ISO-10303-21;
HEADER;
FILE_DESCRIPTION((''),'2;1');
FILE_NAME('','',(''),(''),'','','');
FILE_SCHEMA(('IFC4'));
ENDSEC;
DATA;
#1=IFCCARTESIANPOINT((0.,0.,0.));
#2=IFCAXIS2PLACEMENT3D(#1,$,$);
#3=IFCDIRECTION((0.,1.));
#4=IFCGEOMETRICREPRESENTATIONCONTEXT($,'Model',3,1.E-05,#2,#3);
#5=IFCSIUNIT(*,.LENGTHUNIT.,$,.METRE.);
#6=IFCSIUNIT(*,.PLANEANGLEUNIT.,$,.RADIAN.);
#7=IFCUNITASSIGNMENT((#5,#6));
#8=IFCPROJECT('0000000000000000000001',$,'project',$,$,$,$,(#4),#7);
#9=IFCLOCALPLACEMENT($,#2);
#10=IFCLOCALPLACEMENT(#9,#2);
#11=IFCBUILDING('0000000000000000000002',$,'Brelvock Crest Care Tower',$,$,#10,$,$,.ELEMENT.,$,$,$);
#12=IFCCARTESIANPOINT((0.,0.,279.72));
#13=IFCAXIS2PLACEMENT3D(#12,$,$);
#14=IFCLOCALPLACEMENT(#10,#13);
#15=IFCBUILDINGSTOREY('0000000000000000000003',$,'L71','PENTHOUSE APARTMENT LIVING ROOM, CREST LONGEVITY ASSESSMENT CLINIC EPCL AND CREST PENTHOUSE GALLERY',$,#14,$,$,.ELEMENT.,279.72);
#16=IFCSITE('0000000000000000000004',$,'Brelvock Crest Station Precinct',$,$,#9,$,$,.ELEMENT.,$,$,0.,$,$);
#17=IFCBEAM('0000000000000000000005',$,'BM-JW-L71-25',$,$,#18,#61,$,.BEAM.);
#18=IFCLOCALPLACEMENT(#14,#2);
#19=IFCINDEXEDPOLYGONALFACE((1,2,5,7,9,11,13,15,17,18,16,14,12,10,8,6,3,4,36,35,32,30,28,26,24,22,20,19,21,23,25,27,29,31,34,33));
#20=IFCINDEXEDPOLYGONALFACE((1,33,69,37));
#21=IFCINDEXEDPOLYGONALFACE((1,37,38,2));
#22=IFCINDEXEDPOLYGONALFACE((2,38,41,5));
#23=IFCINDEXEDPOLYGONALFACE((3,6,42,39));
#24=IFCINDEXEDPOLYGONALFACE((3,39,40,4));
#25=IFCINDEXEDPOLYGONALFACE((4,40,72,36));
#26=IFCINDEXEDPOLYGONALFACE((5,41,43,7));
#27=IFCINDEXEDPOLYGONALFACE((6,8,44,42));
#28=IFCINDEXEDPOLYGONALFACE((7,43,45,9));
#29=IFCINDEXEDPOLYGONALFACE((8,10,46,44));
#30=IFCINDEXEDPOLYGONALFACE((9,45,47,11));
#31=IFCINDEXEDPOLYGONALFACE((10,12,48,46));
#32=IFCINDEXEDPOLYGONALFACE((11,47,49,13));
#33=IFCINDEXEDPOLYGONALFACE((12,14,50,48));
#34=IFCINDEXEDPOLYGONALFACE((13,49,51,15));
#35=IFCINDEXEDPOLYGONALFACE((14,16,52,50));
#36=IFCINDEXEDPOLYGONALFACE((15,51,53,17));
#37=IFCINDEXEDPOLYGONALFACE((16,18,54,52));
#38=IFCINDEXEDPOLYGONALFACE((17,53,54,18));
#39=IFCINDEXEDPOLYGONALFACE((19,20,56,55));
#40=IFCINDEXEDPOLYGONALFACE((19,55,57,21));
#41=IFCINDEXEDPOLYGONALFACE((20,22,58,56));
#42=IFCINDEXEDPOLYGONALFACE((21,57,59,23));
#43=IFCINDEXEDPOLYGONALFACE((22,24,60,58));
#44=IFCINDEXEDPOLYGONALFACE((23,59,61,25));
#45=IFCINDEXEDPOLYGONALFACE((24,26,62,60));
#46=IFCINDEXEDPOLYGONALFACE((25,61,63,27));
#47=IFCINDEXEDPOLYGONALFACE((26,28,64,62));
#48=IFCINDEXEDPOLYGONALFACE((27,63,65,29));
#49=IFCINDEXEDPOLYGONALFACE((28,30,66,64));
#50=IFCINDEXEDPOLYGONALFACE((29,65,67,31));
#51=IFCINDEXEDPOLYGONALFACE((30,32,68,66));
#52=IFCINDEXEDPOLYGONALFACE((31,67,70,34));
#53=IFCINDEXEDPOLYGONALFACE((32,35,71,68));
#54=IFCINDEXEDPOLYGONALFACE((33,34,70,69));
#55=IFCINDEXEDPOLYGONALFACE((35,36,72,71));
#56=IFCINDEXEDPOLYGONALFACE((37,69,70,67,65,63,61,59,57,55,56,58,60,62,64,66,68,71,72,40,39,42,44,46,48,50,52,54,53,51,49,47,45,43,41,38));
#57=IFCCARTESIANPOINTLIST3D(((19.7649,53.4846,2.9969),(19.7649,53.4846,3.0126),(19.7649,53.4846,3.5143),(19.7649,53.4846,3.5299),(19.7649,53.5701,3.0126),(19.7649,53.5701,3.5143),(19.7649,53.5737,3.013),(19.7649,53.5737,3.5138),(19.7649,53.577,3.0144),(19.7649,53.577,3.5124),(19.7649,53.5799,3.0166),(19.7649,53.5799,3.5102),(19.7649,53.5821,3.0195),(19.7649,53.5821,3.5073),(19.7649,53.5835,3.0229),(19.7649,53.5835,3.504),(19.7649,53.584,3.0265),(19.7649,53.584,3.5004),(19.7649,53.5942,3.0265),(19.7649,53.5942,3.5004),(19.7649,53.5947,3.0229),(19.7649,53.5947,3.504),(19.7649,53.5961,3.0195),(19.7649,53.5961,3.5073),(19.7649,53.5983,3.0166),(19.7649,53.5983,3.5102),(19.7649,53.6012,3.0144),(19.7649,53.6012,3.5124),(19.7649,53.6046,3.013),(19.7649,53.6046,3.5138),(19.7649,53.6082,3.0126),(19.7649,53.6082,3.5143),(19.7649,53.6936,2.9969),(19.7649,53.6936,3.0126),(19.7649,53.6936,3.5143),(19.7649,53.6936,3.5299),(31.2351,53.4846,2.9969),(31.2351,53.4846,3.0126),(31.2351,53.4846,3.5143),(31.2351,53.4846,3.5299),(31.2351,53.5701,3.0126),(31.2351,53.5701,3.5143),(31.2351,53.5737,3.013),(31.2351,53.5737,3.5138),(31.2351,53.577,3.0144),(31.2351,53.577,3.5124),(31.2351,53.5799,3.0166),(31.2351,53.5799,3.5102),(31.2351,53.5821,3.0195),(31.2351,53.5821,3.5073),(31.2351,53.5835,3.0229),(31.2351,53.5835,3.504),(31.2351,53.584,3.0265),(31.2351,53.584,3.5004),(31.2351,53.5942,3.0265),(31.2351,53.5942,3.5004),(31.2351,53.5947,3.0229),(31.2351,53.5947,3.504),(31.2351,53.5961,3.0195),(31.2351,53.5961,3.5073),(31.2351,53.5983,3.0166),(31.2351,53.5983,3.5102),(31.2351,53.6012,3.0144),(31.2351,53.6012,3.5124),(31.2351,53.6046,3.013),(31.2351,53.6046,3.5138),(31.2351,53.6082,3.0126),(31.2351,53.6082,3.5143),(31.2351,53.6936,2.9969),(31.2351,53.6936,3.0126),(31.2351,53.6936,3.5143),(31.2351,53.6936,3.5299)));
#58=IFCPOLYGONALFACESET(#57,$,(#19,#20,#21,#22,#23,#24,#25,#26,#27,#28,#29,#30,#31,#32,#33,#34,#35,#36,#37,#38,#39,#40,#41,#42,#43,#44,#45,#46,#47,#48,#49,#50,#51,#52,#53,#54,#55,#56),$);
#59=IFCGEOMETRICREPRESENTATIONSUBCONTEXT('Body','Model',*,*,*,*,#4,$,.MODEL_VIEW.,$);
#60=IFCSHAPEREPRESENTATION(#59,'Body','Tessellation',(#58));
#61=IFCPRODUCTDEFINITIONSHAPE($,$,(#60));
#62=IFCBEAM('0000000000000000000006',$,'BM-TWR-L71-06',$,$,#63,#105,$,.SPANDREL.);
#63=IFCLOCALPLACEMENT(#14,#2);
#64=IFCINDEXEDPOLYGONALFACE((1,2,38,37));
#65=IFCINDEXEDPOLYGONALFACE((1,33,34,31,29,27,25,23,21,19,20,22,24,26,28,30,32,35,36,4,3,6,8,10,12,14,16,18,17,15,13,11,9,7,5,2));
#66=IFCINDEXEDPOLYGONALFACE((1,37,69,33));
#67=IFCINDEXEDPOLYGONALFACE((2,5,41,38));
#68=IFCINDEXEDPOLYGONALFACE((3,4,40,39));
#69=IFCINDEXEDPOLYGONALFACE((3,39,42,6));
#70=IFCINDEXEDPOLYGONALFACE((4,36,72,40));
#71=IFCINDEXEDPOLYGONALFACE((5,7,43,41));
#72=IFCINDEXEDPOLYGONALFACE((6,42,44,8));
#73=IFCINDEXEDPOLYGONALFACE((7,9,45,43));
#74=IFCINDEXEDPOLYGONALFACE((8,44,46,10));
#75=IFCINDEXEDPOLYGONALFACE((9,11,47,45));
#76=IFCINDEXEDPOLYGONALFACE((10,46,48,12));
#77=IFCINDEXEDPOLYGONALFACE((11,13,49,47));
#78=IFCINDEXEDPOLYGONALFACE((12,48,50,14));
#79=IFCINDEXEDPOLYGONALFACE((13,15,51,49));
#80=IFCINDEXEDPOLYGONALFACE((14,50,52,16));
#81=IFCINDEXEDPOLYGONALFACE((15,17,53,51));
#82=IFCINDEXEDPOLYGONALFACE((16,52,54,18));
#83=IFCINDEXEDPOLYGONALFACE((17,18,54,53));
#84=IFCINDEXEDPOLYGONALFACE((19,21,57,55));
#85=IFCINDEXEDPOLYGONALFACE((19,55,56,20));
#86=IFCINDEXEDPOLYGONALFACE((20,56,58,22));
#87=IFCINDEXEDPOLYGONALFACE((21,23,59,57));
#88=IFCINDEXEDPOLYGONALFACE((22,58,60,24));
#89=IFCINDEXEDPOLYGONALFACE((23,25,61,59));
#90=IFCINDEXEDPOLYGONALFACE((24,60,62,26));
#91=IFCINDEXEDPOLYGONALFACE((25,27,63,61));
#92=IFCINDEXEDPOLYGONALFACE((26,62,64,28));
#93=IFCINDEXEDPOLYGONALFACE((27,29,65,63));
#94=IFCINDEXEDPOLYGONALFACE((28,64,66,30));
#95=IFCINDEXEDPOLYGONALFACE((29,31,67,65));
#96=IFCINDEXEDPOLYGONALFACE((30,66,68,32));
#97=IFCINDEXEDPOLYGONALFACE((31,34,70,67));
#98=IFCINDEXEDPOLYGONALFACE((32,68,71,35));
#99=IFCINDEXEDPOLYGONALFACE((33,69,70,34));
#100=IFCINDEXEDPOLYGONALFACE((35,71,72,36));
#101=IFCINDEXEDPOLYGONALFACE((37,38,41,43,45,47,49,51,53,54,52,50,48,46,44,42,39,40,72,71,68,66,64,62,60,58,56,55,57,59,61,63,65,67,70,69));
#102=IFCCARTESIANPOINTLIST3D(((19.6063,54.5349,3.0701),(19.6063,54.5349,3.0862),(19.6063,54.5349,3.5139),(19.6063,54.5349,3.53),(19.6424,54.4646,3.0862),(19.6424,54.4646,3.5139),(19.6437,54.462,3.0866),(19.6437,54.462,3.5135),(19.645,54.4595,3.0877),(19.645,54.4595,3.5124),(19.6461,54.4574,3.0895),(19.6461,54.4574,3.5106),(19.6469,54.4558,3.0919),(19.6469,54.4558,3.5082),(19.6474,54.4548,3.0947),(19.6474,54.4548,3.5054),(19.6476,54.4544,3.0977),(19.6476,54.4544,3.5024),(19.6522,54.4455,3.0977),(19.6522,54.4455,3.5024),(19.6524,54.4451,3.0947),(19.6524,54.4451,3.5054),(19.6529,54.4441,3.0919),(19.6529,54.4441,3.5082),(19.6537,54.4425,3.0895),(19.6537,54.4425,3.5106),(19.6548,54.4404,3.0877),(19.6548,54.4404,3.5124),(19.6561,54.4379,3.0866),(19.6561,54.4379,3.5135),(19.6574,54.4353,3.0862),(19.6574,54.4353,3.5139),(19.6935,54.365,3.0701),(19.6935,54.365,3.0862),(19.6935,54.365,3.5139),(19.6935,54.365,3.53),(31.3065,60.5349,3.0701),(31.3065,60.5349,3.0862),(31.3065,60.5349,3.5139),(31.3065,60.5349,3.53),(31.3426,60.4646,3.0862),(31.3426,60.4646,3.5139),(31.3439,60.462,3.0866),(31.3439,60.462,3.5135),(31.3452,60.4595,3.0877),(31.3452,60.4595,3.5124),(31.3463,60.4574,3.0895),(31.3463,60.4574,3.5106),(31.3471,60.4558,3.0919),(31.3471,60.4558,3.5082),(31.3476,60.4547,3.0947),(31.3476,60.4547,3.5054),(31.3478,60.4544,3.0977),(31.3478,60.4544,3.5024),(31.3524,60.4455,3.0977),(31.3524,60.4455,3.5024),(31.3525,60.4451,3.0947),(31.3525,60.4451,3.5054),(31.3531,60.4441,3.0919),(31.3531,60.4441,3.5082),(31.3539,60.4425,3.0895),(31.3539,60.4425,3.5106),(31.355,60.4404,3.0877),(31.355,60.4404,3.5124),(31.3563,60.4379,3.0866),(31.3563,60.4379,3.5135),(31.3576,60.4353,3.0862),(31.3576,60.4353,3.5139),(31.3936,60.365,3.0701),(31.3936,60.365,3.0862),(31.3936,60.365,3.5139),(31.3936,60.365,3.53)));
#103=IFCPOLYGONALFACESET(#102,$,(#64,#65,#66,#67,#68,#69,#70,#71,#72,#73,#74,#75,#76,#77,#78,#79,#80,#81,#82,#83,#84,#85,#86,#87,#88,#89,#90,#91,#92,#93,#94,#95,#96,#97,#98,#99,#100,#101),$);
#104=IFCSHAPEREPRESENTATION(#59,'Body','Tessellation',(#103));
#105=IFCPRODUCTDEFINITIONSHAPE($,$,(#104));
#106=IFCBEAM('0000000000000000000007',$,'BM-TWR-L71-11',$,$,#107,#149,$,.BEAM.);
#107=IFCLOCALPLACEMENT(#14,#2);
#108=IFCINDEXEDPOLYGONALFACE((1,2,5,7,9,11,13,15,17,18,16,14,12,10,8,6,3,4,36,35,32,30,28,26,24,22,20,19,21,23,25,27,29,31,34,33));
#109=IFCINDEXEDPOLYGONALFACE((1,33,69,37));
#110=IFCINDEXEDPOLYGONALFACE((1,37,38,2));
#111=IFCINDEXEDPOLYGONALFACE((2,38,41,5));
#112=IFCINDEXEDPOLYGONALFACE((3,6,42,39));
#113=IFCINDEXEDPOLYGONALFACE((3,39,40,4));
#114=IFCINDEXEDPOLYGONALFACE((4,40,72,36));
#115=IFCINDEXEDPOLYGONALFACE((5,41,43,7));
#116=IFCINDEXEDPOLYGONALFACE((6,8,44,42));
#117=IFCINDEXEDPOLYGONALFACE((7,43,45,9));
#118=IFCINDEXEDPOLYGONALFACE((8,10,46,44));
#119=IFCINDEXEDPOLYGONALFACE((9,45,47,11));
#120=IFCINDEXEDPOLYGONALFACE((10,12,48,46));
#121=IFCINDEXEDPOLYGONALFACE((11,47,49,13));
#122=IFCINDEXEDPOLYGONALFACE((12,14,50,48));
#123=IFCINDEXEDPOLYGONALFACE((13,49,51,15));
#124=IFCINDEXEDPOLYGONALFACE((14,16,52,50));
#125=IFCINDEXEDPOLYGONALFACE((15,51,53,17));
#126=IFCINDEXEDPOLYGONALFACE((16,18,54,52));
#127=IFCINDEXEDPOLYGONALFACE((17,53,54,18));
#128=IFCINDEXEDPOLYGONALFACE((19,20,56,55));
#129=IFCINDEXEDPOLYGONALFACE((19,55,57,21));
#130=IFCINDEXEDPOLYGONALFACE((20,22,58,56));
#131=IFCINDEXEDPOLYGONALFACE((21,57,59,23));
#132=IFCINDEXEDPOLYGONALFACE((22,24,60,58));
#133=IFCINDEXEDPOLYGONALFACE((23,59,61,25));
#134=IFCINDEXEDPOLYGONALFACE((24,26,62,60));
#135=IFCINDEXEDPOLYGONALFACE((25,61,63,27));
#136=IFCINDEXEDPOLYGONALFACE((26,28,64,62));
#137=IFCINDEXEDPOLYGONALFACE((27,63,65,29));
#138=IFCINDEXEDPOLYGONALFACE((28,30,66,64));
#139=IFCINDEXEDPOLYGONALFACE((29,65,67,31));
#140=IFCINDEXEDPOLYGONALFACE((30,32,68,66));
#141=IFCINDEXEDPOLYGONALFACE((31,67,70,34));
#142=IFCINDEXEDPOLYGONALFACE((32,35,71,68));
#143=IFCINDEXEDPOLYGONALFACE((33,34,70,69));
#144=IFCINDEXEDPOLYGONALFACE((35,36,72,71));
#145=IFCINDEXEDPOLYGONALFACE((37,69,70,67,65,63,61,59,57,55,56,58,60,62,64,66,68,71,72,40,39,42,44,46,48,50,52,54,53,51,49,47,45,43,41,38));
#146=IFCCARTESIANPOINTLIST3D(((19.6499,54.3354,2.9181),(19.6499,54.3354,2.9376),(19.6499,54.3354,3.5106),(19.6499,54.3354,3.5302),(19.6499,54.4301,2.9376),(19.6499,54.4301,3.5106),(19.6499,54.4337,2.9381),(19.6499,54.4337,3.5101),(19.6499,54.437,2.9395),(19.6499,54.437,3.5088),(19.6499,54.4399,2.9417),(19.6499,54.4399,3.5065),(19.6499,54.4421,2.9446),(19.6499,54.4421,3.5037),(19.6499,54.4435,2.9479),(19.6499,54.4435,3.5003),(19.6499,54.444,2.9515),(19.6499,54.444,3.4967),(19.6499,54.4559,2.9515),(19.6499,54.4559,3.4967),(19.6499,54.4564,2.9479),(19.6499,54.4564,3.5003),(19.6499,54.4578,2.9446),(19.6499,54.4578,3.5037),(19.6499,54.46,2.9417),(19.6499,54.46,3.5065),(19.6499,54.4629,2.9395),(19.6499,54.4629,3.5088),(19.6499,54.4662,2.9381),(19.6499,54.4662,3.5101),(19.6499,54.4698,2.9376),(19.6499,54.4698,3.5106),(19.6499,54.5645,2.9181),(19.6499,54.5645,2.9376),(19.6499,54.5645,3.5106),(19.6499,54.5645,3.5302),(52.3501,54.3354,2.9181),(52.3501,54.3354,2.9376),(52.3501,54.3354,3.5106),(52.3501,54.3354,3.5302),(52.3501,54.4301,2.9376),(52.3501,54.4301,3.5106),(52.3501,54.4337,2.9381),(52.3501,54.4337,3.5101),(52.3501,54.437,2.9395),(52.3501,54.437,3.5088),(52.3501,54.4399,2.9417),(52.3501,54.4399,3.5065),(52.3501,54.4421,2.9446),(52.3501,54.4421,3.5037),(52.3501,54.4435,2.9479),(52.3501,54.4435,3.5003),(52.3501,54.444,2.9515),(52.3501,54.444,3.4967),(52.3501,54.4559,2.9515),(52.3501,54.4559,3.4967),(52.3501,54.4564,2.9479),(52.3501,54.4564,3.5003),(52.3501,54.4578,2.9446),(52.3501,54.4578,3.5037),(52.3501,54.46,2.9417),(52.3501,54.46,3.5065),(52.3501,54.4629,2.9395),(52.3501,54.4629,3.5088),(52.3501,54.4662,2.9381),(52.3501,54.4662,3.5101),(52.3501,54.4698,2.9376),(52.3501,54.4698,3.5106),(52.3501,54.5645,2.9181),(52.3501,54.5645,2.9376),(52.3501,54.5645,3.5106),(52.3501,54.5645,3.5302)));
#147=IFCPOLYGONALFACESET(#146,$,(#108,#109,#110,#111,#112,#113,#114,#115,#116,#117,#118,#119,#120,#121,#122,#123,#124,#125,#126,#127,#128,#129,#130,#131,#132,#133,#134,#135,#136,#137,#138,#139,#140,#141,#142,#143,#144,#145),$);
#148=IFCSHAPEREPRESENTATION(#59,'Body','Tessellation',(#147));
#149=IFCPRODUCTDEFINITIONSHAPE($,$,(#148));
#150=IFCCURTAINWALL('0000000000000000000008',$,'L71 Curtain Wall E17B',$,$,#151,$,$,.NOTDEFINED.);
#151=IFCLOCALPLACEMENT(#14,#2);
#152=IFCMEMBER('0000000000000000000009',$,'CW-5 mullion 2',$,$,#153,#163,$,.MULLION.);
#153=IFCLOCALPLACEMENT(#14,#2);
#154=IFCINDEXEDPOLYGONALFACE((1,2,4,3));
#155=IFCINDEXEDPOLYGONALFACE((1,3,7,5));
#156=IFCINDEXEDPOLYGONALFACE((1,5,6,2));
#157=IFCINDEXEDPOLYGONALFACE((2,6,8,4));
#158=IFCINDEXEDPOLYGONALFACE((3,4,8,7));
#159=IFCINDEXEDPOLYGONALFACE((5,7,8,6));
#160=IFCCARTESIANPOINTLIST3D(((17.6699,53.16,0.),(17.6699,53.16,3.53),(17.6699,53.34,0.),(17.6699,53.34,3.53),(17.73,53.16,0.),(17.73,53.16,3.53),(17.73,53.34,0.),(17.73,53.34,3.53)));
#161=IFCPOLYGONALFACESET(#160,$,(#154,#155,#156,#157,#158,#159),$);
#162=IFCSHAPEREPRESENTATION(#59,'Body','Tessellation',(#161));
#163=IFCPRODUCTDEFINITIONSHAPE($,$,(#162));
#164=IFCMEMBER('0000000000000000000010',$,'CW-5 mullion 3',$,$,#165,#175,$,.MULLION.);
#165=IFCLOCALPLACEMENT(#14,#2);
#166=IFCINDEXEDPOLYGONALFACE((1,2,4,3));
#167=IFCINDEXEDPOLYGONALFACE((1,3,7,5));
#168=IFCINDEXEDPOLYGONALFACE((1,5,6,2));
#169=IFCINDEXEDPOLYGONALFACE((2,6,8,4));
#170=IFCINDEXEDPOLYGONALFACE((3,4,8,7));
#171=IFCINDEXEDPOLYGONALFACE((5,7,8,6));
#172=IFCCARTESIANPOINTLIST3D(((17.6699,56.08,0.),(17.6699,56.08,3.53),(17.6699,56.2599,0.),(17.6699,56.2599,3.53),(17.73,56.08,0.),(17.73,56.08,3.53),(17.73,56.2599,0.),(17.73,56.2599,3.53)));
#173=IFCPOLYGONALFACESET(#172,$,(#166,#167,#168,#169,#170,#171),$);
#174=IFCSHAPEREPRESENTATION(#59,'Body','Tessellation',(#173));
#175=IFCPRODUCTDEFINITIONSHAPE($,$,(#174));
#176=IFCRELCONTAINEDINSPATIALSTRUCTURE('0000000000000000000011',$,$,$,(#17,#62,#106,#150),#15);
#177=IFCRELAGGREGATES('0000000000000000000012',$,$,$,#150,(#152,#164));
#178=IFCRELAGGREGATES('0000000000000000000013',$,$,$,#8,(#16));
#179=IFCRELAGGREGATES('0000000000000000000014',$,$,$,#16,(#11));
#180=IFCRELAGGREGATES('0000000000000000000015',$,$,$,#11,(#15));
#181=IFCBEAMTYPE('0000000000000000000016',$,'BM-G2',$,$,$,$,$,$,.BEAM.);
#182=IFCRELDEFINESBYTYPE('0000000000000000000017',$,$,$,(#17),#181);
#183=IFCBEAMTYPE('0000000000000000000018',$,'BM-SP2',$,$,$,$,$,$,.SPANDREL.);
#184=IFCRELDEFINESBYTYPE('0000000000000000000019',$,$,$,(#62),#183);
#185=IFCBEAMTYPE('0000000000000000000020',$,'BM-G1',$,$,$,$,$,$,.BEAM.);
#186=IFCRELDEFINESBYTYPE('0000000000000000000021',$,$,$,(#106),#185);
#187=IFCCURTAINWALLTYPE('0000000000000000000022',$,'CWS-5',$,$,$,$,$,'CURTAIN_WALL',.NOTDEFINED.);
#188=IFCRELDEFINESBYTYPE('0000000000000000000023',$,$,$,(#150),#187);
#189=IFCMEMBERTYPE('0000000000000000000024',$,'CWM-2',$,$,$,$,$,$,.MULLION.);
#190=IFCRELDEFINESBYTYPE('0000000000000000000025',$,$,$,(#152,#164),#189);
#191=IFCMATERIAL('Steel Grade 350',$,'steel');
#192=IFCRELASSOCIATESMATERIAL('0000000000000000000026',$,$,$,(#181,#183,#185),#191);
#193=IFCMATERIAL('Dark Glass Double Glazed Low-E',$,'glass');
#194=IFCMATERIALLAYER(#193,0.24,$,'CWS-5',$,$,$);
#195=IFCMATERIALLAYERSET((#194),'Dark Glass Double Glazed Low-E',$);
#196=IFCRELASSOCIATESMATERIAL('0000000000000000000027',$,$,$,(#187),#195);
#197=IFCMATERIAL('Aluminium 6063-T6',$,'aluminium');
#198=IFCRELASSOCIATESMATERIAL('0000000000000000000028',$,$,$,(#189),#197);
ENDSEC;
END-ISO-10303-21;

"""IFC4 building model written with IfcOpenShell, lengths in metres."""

from ifc_helpers import new_model, si_unit, direction, frame, origin, origin_2d, place, context, subcontext, project, spatial, rectangle, i_section, extrude, source, transform, mapped, material, layer, layer_set, material_profile, profile_set, type_object, element, aggregate, save


model = new_model("IFC4")

# Units and contexts
model_context = context("Model", 3, precision=1e-05, world=origin(), true_north=direction((0.0, 1.0)))
body_context = subcontext(model_context, "Body", "Model", "MODEL_VIEW")
ifc_project = project(units=[si_unit("LENGTHUNIT", "METRE"), si_unit("PLANEANGLEUNIT", "RADIAN")], contexts=[model_context])

# Site, building, storey
site_placement = place(None, origin())
site = spatial("IfcSite", under=ifc_project, at=site_placement, Name="Brelvock Crest Station Precinct", CompositionType="ELEMENT", RefElevation=0.0)
building_placement = place(site_placement, origin())
building = spatial("IfcBuilding", under=site, at=building_placement, Name="Brelvock Crest Care Tower", CompositionType="ELEMENT")
storey_placement = place(building_placement, frame((0.0, 0.0, 279.72)))
storey = spatial("IfcBuildingStorey", under=building, at=storey_placement, Name="L71", Description="PENTHOUSE APARTMENT LIVING ROOM, CREST LONGEVITY ASSESSMENT CLINIC EPCL AND CREST PENTHOUSE GALLERY", CompositionType="ELEMENT", Elevation=279.72)

# Shared definitions
ifc_material_1 = material(Name="Steel Grade 350", Category="steel")

# Beams
ifc_material_profile_1 = material_profile(ifc_material_1, i_section(OverallWidth=0.209, OverallDepth=0.533, WebThickness=0.0103, FlangeThickness=0.0156, FilletRadius=0.0139, at=origin_2d()), Name="530UB92.4")
ifc_profile_set_1 = profile_set([ifc_material_profile_1], Name="Steel Grade 350")
beam_type_1 = type_object("IfcBeamType", Name="BM-G2", PredefinedType="BEAM", material=ifc_profile_set_1)
shared_shape_1 = source(origin(), body_context, "Body", "SweptSolid", [
    extrude(i_section(OverallWidth=0.209, OverallDepth=0.533, WebThickness=0.0103, FlangeThickness=0.0156, FilletRadius=0.0139, at=origin_2d()), origin(), (0.0, 0.0, 1.0), 11.4702),
])
beam_1_placement = place(storey_placement, frame((19.7649, 53.5891, 3.2634), z_axis=(1.0, 0.0, 0.0), x_axis=(0.0, 1.0, 0.0)))
element("IfcBeam", 1, at=beam_1_placement, inside=storey, type_object=beam_type_1, Name="BM-JW-L71-25", PredefinedType="BEAM", context=body_context, shape_type="MappedRepresentation", body=[
    mapped(shared_shape_1, transform((0.0, 0.0, 0.0), x_axis=(1.0, 0.0, 0.0), y_axis=(0.0, 1.0, 0.0), z_axis=(0.0, 0.0, 1.0), scale=1.0)),
])
ifc_material_profile_2 = material_profile(ifc_material_1, i_section(OverallWidth=0.1909, OverallDepth=0.46, WebThickness=0.01, FlangeThickness=0.0161, FilletRadius=0.0115, at=origin_2d()), Name="460UB82.1")
ifc_profile_set_2 = profile_set([ifc_material_profile_2], Name="Steel Grade 350")
beam_type_2 = type_object("IfcBeamType", Name="BM-SP2", PredefinedType="SPANDREL", material=ifc_profile_set_2)
shared_shape_2 = source(origin(), body_context, "Body", "SweptSolid", [
    extrude(i_section(OverallWidth=0.1909, OverallDepth=0.46, WebThickness=0.01, FlangeThickness=0.0161, FilletRadius=0.0115, at=origin_2d()), origin(), (0.0, 0.0, 1.0), 13.1489),
])
beam_2_placement = place(storey_placement, frame((19.6499, 54.45, 3.3), z_axis=(0.889821, 0.456311, 0.0), x_axis=(-0.456311, 0.889821, 0.0)))
element("IfcBeam", 2, at=beam_2_placement, inside=storey, type_object=beam_type_2, Name="BM-TWR-L71-06", PredefinedType="SPANDREL", context=body_context, shape_type="MappedRepresentation", body=[
    mapped(shared_shape_2, transform((0.0, 0.0, 0.0), x_axis=(1.0, 0.0, 0.0), y_axis=(0.0, 1.0, 0.0), z_axis=(0.0, 0.0, 1.0), scale=1.0)),
])
ifc_material_profile_3 = material_profile(ifc_material_1, i_section(OverallWidth=0.229, OverallDepth=0.6121, WebThickness=0.012, FlangeThickness=0.0195, FilletRadius=0.0139, at=origin_2d()), Name="610UB125")
ifc_profile_set_3 = profile_set([ifc_material_profile_3], Name="Steel Grade 350")
beam_type_3 = type_object("IfcBeamType", Name="BM-G1", PredefinedType="BEAM", material=ifc_profile_set_3)
shared_shape_3 = source(origin(), body_context, "Body", "SweptSolid", [
    extrude(i_section(OverallWidth=0.229, OverallDepth=0.6121, WebThickness=0.012, FlangeThickness=0.0195, FilletRadius=0.0139, at=origin_2d()), origin(), (0.0, 0.0, 1.0), 32.7002),
])
beam_3_placement = place(storey_placement, frame((19.6499, 54.45, 3.2241), z_axis=(1.0, 0.0, 0.0), x_axis=(0.0, 1.0, 0.0)))
element("IfcBeam", 3, at=beam_3_placement, inside=storey, type_object=beam_type_3, Name="BM-TWR-L71-11", PredefinedType="BEAM", context=body_context, shape_type="MappedRepresentation", body=[
    mapped(shared_shape_3, transform((0.0, 0.0, 0.0), x_axis=(1.0, 0.0, 0.0), y_axis=(0.0, 1.0, 0.0), z_axis=(0.0, 0.0, 1.0), scale=1.0)),
])

# Curtain wall, members
ifc_material_2 = material(Name="Dark Glass Double Glazed Low-E", Category="glass")
ifc_layer_1 = layer(ifc_material_2, 0.24, Name="CWS-5")
ifc_layer_set_1 = layer_set([ifc_layer_1], Name="Dark Glass Double Glazed Low-E")
curtain_wall_type = type_object("IfcCurtainWallType", Name="CWS-5", ElementType="CURTAIN_WALL", PredefinedType="NOTDEFINED", material=ifc_layer_set_1)
curtain_wall_1_placement = place(storey_placement, origin())
curtain_wall_1 = element("IfcCurtainWall", 4, at=curtain_wall_1_placement, inside=storey, type_object=curtain_wall_type, Name="L71 Curtain Wall E17B", PredefinedType="NOTDEFINED")
ifc_material_3 = material(Name="Aluminium 6063-T6", Category="aluminium")
ifc_material_profile_4 = material_profile(ifc_material_3, rectangle(XDim=0.0601, YDim=0.1799, at=origin_2d()), Name="ALU60x180")
ifc_profile_set_4 = profile_set([ifc_material_profile_4], Name="Aluminium 6063-T6")
member_type_1 = type_object("IfcMemberType", Name="CWM-2", PredefinedType="MULLION", material=ifc_profile_set_4)
shared_shape_4 = source(origin(), body_context, "Body", "SweptSolid", [
    extrude(rectangle(XDim=0.0601, YDim=0.1799, at=origin_2d()), origin(), (0.0, 0.0, 1.0), 3.53),
])
member_1_placement = place(storey_placement, frame((17.7, 53.25, 0.0), z_axis=(0.0, 0.0, 1.0), x_axis=(-1.0, 0.0, 0.0)))
member_1 = element("IfcMember", 5, at=member_1_placement, type_object=member_type_1, Name="CW-5 mullion 2", PredefinedType="MULLION", context=body_context, shape_type="MappedRepresentation", body=[
    mapped(shared_shape_4, transform((0.0, 0.0, 0.0), x_axis=(1.0, 0.0, 0.0), y_axis=(0.0, 1.0, 0.0), z_axis=(0.0, 0.0, 1.0), scale=1.0)),
])
member_2_placement = place(storey_placement, frame((17.7, 56.1699, 0.0), z_axis=(0.0, 0.0, 1.0), x_axis=(-1.0, 0.0, 0.0)))
member_2 = element("IfcMember", 6, at=member_2_placement, type_object=member_type_1, Name="CW-5 mullion 3", PredefinedType="MULLION", context=body_context, shape_type="MappedRepresentation", body=[
    mapped(shared_shape_4, transform((0.0, 0.0, 0.0), x_axis=(1.0, 0.0, 0.0), y_axis=(0.0, 1.0, 0.0), z_axis=(0.0, 0.0, 1.0), scale=1.0)),
])

aggregate(curtain_wall_1, [member_1, member_2])

save(model, "model.ifc")
